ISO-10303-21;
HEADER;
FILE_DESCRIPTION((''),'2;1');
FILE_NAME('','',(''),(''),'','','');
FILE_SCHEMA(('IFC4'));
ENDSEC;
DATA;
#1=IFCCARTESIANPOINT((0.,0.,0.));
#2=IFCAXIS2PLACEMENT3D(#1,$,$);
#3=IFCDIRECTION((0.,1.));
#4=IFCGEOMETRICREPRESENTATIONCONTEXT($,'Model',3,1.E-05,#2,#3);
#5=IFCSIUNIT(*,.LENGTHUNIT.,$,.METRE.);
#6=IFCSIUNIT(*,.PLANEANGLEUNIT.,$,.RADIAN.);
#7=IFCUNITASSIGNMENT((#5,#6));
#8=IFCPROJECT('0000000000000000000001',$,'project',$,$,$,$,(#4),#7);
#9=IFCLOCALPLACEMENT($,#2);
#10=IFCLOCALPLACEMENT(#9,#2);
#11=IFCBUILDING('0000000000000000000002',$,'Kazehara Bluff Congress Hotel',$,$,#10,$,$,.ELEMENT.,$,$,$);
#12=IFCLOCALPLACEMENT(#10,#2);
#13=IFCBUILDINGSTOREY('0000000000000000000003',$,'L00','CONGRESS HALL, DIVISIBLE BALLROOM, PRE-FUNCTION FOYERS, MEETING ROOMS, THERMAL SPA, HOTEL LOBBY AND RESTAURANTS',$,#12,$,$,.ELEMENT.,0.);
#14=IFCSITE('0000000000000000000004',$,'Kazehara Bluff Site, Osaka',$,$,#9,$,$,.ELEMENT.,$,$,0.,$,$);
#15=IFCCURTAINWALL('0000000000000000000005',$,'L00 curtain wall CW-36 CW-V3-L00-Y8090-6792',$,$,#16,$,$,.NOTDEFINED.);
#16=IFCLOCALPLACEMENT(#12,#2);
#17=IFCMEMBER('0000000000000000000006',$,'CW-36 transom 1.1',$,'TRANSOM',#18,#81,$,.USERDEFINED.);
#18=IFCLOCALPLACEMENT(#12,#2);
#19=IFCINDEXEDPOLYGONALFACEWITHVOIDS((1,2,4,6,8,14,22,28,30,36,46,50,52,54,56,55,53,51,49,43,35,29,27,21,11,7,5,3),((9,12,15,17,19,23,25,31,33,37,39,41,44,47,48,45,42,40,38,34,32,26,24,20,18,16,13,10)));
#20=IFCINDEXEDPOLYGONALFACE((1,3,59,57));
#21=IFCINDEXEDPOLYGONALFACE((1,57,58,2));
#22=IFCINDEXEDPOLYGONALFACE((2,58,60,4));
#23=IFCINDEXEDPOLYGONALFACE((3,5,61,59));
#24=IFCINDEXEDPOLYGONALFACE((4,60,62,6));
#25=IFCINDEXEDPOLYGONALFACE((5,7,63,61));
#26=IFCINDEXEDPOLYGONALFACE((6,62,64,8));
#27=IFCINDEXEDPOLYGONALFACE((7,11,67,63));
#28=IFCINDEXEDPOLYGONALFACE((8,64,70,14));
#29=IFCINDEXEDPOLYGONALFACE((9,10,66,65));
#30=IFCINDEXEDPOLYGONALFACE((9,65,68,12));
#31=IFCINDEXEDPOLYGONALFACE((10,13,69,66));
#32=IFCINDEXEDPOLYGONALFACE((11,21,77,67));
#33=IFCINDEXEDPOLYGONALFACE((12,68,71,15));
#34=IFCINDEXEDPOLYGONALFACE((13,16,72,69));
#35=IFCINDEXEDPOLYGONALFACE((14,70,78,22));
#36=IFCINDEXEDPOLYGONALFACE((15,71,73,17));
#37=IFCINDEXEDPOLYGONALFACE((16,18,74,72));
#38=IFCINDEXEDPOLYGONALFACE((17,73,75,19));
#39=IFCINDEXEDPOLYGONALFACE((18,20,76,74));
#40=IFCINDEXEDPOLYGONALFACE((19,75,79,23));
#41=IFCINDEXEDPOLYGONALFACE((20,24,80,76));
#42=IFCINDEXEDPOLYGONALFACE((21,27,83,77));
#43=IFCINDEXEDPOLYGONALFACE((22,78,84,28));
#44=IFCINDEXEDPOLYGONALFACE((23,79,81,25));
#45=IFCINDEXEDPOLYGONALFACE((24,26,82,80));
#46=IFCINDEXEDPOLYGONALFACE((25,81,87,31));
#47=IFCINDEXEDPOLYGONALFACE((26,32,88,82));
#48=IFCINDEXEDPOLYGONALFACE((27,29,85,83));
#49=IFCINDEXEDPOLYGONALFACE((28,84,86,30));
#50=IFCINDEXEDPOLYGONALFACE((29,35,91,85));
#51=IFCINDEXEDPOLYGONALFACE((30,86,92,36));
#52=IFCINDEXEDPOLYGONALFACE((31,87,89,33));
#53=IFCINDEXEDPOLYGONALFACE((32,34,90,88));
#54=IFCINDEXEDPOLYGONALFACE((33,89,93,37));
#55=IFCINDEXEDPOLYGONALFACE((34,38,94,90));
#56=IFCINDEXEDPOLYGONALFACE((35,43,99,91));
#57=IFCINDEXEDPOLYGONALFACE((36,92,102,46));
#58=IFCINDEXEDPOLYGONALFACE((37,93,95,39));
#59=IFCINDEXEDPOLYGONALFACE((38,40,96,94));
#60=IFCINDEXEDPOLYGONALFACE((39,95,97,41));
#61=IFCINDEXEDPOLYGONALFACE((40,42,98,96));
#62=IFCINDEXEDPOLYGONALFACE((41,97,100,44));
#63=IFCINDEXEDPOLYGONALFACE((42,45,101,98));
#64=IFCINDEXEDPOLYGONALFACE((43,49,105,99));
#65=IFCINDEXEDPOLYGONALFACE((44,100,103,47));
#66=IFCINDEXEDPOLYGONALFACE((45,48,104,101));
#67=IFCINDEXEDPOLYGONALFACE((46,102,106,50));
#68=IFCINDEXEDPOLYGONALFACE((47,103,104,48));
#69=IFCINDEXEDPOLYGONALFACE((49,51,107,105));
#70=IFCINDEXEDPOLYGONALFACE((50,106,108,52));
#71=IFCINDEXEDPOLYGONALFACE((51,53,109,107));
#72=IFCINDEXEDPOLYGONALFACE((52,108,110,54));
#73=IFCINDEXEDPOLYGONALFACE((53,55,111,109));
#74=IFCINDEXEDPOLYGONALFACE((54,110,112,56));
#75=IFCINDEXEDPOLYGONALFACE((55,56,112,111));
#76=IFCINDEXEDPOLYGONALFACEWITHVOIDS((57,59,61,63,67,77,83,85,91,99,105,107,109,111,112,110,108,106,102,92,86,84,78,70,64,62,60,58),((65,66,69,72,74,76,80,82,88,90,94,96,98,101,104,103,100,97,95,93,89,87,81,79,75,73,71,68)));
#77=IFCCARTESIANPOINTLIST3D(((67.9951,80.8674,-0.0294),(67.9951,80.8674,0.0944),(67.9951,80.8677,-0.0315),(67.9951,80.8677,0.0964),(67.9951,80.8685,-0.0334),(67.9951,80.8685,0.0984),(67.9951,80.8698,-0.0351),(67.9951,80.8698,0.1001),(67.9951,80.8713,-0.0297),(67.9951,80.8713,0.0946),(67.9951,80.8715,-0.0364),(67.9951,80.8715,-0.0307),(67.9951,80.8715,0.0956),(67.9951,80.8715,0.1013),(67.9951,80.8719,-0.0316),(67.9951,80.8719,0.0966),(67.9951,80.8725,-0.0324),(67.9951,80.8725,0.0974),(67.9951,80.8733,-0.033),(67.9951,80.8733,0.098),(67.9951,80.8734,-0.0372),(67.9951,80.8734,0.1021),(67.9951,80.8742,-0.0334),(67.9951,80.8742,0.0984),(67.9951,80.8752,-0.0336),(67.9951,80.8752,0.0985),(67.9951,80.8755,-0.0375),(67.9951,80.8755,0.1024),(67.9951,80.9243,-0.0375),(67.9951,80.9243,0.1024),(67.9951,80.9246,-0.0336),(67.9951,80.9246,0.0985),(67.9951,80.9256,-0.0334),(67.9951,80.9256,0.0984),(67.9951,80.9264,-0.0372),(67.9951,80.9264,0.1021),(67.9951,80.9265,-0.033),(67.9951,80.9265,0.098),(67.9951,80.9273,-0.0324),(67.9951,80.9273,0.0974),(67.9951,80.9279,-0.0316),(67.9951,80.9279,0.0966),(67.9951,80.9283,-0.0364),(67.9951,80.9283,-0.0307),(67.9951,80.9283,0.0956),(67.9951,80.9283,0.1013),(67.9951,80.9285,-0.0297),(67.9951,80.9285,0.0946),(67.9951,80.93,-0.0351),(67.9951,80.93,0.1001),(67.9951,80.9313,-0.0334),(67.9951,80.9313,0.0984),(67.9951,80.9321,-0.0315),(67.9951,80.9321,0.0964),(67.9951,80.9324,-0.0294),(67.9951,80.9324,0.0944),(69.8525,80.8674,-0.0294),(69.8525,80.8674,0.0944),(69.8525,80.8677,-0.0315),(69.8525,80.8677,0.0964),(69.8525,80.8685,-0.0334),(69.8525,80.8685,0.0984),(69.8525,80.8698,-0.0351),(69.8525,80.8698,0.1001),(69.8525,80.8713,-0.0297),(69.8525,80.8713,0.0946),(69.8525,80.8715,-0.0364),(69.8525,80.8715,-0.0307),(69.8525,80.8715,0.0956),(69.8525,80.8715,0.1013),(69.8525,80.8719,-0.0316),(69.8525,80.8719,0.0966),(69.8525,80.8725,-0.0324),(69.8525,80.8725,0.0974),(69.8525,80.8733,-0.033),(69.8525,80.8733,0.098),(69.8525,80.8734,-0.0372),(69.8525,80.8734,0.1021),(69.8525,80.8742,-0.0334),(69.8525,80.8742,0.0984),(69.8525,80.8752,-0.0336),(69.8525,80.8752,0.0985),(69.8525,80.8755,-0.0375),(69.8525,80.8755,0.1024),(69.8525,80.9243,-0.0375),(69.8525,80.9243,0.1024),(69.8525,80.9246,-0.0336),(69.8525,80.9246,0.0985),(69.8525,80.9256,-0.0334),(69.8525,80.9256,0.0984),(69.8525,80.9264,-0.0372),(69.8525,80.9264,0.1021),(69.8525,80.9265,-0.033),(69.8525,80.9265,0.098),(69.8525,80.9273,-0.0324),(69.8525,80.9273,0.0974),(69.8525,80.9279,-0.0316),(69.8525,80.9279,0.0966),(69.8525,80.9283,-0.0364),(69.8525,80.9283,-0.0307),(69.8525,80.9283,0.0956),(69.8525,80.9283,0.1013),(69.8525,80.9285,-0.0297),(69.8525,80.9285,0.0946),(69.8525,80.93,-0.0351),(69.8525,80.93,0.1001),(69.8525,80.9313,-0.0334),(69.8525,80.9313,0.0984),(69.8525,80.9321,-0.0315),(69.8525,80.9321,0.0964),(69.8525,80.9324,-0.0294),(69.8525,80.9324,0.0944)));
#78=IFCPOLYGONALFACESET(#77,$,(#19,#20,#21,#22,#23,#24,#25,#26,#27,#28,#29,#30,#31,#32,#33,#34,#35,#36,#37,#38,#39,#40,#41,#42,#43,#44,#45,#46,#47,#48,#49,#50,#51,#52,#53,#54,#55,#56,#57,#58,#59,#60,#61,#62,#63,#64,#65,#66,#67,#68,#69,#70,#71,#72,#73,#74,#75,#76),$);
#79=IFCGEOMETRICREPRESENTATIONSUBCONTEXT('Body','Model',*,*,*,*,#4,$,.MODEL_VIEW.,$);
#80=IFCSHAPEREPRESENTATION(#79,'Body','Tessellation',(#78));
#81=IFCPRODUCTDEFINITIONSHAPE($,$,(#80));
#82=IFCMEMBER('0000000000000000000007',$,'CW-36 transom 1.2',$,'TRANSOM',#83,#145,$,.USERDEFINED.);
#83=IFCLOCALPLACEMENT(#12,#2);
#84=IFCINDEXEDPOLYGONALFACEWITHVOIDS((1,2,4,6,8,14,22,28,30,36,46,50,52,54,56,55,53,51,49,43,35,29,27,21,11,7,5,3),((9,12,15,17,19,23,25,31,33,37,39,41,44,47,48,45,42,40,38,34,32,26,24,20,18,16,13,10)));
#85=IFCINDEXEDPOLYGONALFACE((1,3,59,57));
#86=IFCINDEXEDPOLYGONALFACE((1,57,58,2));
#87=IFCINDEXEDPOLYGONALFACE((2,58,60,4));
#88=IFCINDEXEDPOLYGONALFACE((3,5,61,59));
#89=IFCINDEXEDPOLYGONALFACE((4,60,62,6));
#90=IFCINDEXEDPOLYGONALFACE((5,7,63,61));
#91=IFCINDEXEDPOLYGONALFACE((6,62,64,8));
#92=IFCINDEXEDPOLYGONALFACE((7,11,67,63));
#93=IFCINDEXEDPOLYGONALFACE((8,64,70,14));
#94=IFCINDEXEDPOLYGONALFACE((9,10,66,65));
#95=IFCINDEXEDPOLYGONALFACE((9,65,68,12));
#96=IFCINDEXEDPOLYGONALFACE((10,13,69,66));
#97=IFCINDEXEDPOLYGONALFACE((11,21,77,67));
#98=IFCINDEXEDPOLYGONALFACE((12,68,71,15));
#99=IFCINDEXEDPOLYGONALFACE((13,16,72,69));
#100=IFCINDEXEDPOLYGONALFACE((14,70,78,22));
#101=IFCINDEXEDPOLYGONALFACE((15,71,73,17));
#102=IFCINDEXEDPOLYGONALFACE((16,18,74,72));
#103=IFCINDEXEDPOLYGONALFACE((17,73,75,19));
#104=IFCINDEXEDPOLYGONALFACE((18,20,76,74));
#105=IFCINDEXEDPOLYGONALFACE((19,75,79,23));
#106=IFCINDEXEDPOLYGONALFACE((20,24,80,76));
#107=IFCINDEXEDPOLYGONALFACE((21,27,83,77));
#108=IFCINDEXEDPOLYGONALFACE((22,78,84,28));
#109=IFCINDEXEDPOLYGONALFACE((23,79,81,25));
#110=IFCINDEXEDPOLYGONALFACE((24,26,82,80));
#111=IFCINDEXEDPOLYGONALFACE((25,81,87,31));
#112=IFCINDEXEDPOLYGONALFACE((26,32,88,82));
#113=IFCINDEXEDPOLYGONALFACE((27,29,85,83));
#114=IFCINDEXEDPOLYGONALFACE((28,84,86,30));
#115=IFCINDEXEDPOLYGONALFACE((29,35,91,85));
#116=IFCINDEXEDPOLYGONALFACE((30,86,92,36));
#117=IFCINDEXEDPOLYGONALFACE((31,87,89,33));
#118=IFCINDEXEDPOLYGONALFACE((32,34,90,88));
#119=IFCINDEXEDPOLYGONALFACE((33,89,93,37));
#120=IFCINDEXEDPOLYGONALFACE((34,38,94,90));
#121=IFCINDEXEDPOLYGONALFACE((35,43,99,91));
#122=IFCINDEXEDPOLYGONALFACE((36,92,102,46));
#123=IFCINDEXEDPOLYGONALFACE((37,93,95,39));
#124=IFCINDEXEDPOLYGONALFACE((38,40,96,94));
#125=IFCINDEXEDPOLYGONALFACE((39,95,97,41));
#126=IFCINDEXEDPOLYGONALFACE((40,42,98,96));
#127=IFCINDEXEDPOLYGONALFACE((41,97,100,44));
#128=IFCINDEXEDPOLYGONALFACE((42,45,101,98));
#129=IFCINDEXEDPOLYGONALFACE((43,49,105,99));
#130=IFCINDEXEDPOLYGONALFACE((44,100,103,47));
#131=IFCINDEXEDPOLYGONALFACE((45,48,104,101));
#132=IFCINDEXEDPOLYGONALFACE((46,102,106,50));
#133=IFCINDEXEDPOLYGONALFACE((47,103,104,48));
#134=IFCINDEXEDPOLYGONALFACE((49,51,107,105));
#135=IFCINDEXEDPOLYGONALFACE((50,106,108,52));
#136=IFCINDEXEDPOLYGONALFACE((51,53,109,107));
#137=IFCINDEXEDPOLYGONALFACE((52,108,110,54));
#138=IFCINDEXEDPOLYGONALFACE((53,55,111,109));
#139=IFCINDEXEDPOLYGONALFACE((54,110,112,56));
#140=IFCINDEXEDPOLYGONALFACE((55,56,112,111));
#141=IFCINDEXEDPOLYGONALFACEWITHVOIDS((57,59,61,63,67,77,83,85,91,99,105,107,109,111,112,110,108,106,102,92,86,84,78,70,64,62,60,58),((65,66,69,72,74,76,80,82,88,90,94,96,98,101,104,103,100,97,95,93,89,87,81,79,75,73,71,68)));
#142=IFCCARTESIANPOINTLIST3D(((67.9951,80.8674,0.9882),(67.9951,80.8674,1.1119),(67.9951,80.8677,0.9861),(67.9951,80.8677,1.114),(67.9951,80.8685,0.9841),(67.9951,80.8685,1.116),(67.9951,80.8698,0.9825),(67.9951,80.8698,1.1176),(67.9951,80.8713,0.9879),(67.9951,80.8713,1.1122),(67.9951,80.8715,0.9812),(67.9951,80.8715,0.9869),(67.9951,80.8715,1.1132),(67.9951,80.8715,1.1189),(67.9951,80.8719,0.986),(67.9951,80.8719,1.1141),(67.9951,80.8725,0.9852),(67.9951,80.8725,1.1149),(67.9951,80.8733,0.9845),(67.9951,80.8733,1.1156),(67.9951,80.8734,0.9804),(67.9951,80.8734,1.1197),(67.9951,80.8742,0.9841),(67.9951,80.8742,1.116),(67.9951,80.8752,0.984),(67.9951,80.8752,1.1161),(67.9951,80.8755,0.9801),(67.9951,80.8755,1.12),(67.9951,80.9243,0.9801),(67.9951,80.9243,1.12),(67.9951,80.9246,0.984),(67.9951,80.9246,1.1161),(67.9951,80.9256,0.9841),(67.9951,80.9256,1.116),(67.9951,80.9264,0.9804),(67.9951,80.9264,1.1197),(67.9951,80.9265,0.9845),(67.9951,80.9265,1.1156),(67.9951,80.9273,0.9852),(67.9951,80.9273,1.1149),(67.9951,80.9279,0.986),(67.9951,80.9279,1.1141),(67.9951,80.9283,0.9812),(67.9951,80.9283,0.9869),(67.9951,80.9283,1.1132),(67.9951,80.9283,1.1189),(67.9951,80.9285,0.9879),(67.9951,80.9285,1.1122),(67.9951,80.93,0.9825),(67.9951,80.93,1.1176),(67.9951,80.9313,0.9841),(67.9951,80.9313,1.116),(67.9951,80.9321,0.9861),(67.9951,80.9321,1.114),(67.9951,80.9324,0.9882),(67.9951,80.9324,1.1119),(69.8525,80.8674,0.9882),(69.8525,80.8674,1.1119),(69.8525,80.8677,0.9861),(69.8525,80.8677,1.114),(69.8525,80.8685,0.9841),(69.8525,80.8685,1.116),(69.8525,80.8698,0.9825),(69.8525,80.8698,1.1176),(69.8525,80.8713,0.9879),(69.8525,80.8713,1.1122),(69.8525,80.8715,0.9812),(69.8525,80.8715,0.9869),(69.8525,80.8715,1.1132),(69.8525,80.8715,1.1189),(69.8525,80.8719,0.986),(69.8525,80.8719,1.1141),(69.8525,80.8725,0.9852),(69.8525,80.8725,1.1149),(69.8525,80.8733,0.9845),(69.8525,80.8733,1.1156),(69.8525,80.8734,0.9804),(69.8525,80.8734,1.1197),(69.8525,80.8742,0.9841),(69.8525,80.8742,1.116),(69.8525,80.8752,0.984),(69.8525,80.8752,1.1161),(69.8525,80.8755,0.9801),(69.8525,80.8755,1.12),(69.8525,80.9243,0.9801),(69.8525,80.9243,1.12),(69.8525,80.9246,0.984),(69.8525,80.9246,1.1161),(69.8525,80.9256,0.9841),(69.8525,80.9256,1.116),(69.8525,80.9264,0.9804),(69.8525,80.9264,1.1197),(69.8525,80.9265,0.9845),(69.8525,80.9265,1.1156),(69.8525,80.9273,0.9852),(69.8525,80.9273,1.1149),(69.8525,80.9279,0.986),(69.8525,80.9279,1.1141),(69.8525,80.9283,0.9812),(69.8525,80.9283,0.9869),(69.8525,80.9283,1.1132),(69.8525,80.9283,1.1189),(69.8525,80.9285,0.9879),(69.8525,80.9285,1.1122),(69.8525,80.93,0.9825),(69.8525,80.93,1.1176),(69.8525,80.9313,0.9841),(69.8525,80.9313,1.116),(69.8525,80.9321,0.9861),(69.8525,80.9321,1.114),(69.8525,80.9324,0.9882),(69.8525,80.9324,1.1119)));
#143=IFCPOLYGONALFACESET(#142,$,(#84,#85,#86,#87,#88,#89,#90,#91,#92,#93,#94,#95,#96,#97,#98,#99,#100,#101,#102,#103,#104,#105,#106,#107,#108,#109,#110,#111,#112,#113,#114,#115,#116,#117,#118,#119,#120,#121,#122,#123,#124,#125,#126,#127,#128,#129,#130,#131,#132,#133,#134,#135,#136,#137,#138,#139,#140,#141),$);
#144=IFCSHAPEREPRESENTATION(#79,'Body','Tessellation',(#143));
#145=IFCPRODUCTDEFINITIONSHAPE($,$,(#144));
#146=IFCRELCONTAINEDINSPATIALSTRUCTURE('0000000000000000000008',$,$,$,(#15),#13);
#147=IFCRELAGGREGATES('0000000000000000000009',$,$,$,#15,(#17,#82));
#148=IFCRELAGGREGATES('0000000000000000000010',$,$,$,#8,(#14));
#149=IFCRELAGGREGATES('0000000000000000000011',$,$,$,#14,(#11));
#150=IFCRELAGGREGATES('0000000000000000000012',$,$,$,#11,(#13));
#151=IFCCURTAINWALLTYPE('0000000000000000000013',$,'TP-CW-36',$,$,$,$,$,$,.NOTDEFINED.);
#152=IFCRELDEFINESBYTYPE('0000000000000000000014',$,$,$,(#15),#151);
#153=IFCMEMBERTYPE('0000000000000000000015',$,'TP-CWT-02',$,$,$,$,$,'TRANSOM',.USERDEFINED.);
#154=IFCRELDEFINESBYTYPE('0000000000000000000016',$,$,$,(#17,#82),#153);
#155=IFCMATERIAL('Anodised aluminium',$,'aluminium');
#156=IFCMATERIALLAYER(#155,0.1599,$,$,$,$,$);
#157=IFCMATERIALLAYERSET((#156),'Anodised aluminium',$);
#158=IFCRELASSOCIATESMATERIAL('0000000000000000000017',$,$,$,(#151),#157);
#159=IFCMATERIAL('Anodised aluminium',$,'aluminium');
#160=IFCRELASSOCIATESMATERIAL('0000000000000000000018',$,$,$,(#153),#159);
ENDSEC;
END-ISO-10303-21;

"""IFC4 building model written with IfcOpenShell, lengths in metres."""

from ifc_helpers import new_model, si_unit, direction, frame, origin, origin_2d, place, context, subcontext, project, spatial, hollow_rectangle, extrude, material, layer, layer_set, material_profile, profile_set, type_object, element, aggregate, save


model = new_model("IFC4")

# Units and contexts
model_context = context("Model", 3, precision=1e-05, world=origin(), true_north=direction((0.0, 1.0)))
body_context = subcontext(model_context, "Body", "Model", "MODEL_VIEW")
ifc_project = project(units=[si_unit("LENGTHUNIT", "METRE"), si_unit("PLANEANGLEUNIT", "RADIAN")], contexts=[model_context])

# Site, building, storey
site_placement = place(None, origin())
site = spatial("IfcSite", under=ifc_project, at=site_placement, Name="Kazehara Bluff Site, Osaka", CompositionType="ELEMENT", RefElevation=0.0)
building_placement = place(site_placement, origin())
building = spatial("IfcBuilding", under=site, at=building_placement, Name="Kazehara Bluff Congress Hotel", CompositionType="ELEMENT")
storey_placement = place(building_placement, origin())
storey = spatial("IfcBuildingStorey", under=building, at=storey_placement, Name="L00", Description="CONGRESS HALL, DIVISIBLE BALLROOM, PRE-FUNCTION FOYERS, MEETING ROOMS, THERMAL SPA, HOTEL LOBBY AND RESTAURANTS", CompositionType="ELEMENT", Elevation=0.0)

# Curtain wall
ifc_material_1 = material(Name="Anodised aluminium", Category="aluminium")
ifc_layer_1 = layer(ifc_material_1, 0.1599)
ifc_layer_set_1 = layer_set([ifc_layer_1], Name="Anodised aluminium")
curtain_wall_type_1 = type_object("IfcCurtainWallType", Name="TP-CW-36", PredefinedType="NOTDEFINED", material=ifc_layer_set_1)
curtain_wall_1_placement = place(storey_placement, origin())
curtain_wall_1 = element("IfcCurtainWall", 1, at=curtain_wall_1_placement, inside=storey, type_object=curtain_wall_type_1, Name="L00 curtain wall CW-36 CW-V3-L00-Y8090-6792", PredefinedType="NOTDEFINED")
ifc_material_2 = material(Name="Anodised aluminium", Category="aluminium")
ifc_material_profile_1 = material_profile(ifc_material_2, hollow_rectangle(XDim=0.0649, YDim=0.1399, WallThickness=0.0039, InnerFilletRadius=0.0039, OuterFilletRadius=0.0081, at=origin_2d()))
ifc_profile_set_1 = profile_set([ifc_material_profile_1], Name="Anodised aluminium")
member_type_1 = type_object("IfcMemberType", Name="TP-CWT-02", ElementType="TRANSOM", PredefinedType="USERDEFINED", material=ifc_profile_set_1)

# Members
member_1_placement = place(storey_placement, frame((67.9951, 80.8999, 0.0325), z_axis=(1.0, 0.0, 0.0), x_axis=(0.0, 1.0, 0.0)))
member_1 = element("IfcMember", 2, at=member_1_placement, type_object=member_type_1, Name="CW-36 transom 1.1", ObjectType="TRANSOM", PredefinedType="USERDEFINED", context=body_context, shape_type="SweptSolid", body=[
    extrude(hollow_rectangle(XDim=0.0649, YDim=0.1399, WallThickness=0.0039, InnerFilletRadius=0.0039, OuterFilletRadius=0.0081, at=origin_2d()), origin(), (0.0, 0.0, 1.0), 1.8574),
])
member_2_placement = place(storey_placement, frame((67.9951, 80.8999, 1.05), z_axis=(1.0, 0.0, 0.0), x_axis=(0.0, 1.0, 0.0)))
member_2 = element("IfcMember", 3, at=member_2_placement, type_object=member_type_1, Name="CW-36 transom 1.2", ObjectType="TRANSOM", PredefinedType="USERDEFINED", context=body_context, shape_type="SweptSolid", body=[
    extrude(hollow_rectangle(XDim=0.0649, YDim=0.1399, WallThickness=0.0039, InnerFilletRadius=0.0039, OuterFilletRadius=0.0081, at=origin_2d()), origin(), (0.0, 0.0, 1.0), 1.8574),
])

aggregate(curtain_wall_1, [member_1, member_2])

save(model, "model.ifc")
